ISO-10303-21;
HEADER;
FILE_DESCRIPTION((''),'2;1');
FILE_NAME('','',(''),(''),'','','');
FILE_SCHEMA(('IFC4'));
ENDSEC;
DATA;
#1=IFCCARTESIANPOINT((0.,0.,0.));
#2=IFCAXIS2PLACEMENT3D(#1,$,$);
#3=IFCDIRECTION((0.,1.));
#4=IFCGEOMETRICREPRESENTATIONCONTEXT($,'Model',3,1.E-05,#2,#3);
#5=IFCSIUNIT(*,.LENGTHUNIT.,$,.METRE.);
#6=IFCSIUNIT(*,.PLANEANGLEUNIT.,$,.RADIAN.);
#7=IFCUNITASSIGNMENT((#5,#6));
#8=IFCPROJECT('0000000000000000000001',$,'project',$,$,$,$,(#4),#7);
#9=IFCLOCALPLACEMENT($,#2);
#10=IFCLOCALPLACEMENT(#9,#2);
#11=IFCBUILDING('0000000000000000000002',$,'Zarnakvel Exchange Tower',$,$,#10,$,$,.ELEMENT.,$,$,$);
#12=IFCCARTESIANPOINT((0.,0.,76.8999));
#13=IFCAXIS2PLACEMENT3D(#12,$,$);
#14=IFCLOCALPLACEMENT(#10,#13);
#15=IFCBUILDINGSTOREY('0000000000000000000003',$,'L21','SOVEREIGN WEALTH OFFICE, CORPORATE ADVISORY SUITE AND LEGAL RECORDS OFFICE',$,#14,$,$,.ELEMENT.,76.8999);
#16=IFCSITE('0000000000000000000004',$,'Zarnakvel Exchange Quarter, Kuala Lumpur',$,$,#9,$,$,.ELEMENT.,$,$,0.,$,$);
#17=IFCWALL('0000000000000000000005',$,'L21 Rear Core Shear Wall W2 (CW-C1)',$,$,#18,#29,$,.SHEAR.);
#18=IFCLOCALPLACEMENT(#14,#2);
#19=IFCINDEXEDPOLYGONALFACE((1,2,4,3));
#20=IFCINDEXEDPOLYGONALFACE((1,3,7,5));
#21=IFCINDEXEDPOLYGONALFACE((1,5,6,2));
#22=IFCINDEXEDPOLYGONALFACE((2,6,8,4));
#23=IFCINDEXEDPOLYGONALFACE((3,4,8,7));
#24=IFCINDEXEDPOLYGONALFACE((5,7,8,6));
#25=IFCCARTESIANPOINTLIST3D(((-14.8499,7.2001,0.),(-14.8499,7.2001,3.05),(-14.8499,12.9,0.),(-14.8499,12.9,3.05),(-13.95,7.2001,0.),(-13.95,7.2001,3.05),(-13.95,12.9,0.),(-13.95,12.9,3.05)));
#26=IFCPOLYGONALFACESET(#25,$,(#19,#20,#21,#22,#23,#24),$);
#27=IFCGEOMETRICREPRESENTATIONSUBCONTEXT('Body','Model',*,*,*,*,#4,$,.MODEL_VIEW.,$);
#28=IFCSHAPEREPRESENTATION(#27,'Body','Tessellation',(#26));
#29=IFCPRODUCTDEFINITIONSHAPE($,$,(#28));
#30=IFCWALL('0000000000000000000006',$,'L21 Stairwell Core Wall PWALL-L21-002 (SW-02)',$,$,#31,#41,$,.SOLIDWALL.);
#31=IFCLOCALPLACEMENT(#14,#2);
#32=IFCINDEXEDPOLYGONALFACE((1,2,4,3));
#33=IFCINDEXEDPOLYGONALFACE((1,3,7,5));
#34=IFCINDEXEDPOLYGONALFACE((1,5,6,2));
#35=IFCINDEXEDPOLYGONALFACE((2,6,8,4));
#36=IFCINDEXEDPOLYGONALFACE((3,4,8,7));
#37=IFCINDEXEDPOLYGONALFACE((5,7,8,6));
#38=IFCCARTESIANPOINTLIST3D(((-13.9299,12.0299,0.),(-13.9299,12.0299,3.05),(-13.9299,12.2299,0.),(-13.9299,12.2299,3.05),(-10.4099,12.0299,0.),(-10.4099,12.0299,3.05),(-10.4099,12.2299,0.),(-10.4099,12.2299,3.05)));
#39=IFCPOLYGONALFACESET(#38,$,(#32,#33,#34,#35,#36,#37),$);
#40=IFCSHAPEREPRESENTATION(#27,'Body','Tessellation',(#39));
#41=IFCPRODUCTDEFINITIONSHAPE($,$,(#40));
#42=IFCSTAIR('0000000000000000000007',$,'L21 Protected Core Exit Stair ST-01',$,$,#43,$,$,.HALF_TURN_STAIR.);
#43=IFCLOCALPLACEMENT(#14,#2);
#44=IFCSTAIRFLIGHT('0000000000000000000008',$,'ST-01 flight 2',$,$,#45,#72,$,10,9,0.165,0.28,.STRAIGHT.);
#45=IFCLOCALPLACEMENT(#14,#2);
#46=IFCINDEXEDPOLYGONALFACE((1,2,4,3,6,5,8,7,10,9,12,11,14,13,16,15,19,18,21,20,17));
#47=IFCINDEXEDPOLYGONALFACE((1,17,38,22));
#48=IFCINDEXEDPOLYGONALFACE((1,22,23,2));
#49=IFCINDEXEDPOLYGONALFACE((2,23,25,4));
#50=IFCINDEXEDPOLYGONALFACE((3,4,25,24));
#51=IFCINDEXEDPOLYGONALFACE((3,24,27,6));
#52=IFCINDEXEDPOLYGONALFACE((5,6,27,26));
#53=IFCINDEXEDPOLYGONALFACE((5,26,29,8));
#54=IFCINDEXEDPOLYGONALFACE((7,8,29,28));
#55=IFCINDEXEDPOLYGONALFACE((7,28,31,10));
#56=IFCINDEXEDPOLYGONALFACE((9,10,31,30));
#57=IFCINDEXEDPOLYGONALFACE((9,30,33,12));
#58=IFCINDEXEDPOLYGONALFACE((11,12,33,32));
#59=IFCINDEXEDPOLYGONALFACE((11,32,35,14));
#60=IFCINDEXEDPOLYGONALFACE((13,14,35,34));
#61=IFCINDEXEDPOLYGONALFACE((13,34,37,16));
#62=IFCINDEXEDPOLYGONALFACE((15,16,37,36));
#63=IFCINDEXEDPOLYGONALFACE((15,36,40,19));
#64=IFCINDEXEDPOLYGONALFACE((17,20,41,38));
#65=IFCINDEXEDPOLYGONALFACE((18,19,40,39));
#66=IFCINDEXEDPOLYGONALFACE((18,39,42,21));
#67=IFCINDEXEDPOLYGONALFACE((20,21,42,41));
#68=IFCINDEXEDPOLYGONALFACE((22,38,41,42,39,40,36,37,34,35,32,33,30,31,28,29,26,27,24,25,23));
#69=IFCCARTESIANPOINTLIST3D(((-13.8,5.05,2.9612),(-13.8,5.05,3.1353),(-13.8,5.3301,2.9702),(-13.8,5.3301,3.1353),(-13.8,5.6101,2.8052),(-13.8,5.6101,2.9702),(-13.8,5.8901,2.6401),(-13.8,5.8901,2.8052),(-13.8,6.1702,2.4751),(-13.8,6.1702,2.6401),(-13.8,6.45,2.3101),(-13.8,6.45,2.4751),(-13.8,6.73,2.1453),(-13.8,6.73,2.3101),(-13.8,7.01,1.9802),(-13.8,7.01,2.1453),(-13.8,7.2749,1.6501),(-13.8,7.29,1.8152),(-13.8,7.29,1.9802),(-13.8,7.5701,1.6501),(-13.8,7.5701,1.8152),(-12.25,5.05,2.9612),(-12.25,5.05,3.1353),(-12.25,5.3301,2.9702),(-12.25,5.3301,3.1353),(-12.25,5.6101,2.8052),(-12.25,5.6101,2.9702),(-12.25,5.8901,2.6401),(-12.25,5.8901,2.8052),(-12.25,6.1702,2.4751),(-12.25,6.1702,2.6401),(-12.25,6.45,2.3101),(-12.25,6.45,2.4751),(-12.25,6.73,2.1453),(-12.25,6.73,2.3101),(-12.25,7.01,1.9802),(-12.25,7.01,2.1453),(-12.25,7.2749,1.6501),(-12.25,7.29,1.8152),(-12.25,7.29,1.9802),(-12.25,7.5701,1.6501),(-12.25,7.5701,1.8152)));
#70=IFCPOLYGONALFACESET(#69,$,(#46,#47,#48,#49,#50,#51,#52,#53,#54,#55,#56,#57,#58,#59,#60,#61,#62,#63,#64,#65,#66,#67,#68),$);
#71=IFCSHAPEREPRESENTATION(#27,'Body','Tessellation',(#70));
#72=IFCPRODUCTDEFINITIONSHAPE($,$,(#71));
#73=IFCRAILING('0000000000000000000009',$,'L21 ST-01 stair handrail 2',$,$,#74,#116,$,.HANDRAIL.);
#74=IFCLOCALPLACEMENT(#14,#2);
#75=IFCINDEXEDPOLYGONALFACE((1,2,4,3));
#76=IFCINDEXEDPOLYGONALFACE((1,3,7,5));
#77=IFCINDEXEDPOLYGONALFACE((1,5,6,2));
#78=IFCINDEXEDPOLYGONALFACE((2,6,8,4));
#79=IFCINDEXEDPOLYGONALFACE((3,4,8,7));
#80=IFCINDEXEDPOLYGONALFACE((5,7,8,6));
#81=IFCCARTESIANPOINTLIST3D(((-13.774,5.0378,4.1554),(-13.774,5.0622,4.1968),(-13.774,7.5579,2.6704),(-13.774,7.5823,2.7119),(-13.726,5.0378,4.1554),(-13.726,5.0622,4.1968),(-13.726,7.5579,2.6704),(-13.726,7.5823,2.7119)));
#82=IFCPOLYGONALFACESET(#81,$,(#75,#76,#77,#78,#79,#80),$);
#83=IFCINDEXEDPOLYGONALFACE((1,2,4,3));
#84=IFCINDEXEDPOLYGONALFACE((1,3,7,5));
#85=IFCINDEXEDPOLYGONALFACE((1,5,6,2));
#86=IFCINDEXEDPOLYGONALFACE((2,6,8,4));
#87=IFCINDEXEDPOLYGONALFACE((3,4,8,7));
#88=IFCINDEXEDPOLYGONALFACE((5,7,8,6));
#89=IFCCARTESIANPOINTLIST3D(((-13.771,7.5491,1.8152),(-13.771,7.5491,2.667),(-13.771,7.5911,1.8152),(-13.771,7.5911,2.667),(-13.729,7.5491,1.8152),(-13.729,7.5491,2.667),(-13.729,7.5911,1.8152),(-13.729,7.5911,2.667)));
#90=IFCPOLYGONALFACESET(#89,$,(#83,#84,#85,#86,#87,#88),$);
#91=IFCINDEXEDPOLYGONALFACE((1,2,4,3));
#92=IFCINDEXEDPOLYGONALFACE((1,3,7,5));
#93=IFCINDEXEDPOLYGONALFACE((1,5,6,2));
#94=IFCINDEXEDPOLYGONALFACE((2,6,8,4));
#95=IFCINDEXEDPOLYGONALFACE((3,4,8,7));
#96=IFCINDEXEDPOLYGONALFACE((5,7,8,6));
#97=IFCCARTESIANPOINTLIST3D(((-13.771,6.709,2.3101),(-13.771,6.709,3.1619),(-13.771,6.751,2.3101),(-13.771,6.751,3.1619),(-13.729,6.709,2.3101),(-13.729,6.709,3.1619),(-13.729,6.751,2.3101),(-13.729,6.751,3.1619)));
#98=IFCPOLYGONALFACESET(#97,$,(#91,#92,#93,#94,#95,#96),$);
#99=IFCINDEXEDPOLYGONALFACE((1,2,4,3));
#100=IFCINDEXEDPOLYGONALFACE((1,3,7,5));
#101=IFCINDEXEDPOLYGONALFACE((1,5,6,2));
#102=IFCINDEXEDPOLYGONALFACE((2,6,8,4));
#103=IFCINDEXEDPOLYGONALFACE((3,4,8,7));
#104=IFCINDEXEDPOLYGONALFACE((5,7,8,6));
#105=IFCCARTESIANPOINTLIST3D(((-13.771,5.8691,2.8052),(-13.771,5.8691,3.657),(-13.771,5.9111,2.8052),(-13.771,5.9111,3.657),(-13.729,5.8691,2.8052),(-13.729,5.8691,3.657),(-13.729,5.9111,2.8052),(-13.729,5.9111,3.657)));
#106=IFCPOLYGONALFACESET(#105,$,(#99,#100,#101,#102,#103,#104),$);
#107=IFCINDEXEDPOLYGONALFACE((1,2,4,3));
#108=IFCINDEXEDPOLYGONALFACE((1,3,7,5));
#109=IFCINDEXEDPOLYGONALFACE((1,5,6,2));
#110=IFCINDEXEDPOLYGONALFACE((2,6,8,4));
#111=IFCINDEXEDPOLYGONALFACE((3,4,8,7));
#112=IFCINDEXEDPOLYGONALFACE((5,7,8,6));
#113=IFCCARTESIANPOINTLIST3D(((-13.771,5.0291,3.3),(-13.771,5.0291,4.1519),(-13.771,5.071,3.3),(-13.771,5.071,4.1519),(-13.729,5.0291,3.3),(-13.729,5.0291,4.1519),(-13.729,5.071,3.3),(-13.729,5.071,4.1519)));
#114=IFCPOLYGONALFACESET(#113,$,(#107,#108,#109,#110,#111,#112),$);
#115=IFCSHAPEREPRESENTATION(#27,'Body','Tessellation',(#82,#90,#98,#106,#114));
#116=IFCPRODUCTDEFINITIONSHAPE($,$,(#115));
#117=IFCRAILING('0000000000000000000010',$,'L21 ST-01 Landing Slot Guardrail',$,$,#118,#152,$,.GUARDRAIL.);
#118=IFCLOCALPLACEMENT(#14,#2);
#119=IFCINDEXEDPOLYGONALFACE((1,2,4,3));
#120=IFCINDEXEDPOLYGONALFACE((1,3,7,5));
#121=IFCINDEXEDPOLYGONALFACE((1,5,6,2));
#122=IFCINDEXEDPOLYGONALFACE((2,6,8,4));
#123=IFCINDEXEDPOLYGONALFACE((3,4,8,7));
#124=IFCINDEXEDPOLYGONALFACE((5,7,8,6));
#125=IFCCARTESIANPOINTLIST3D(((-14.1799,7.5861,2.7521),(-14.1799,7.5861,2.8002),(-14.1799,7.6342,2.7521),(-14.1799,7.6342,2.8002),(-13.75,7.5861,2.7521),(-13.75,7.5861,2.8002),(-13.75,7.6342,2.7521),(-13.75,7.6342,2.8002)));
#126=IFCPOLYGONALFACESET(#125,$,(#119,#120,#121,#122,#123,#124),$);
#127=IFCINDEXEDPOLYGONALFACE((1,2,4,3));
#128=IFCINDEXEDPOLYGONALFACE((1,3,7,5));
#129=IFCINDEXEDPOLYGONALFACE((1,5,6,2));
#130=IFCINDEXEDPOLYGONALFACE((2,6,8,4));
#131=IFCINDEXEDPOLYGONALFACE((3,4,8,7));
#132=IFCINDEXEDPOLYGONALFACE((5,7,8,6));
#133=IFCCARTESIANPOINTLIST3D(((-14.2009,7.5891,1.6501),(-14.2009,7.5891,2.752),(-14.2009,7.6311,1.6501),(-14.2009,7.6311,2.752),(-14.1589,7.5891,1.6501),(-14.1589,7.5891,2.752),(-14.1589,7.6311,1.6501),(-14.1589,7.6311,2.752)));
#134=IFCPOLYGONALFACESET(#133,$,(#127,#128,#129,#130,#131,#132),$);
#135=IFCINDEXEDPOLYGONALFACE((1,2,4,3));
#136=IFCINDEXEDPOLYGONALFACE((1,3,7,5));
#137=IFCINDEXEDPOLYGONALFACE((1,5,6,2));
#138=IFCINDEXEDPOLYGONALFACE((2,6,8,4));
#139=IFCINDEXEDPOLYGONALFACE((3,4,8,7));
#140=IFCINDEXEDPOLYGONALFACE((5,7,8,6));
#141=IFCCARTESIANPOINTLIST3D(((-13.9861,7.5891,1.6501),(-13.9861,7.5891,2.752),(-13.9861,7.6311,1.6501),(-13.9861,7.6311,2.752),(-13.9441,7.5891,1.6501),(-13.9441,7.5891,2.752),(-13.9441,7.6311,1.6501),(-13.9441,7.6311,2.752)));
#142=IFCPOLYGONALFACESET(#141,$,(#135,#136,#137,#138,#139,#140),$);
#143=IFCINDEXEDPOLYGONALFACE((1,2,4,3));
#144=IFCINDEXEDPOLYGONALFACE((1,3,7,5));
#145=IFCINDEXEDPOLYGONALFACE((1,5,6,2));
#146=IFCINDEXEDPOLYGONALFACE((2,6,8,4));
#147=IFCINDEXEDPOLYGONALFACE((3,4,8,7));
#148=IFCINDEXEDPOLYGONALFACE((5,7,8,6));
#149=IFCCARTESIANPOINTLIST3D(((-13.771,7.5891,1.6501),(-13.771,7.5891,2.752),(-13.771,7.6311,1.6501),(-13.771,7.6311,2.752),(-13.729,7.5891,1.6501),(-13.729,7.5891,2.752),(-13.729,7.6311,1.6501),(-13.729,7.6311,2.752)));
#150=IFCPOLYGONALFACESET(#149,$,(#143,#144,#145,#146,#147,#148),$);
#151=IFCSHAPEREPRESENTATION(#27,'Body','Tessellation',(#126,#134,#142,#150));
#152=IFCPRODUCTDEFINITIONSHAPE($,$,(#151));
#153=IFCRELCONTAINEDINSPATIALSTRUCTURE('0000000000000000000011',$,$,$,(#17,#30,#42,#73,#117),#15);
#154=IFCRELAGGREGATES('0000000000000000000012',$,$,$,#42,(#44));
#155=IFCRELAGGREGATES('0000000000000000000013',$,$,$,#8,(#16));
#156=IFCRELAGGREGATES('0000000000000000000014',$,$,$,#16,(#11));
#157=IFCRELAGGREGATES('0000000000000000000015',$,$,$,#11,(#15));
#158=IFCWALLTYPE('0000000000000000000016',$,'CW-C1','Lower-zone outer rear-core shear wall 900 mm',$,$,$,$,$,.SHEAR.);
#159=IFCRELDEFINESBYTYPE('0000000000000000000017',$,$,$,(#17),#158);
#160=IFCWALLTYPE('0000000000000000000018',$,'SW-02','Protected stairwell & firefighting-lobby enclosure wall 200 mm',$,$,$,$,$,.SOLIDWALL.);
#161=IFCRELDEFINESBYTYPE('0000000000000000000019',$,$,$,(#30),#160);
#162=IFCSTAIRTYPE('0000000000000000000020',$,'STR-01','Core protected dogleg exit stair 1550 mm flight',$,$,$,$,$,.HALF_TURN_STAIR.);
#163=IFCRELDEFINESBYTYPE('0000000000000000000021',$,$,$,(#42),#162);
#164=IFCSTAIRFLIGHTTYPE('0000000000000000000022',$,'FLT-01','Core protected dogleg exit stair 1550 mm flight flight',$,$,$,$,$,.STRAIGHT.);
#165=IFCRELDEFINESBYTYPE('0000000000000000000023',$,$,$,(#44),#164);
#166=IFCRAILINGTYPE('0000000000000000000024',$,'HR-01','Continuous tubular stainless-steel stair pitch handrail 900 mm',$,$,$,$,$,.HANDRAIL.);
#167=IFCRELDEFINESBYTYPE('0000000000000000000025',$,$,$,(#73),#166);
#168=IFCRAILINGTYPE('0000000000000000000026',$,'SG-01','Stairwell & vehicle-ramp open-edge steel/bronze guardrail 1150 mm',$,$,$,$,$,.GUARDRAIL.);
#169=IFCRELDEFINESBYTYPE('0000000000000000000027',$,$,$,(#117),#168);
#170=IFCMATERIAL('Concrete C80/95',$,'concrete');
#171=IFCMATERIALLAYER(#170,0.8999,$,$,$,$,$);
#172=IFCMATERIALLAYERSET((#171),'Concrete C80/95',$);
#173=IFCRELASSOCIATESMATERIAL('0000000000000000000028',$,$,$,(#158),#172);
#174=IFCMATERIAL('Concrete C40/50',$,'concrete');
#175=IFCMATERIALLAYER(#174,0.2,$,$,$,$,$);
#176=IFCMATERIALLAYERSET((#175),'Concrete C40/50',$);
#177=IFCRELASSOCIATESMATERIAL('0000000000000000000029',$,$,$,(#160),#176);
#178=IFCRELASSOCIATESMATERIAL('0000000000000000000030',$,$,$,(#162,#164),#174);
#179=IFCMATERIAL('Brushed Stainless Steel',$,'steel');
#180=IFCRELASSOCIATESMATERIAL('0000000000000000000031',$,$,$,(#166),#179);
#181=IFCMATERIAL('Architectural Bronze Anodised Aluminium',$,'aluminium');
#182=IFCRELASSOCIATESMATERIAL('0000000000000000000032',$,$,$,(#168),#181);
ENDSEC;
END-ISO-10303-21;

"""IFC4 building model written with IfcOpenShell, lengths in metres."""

from ifc_helpers import new_model, si_unit, direction, frame, frame_2d, origin, origin_2d, place, context, subcontext, project, spatial, polyline, rectangle, outline, extrude, material, layer, layer_set, type_object, element, aggregate, save


model = new_model("IFC4")

# Units and contexts
model_context = context("Model", 3, precision=1e-05, world=origin(), true_north=direction((0.0, 1.0)))
body_context = subcontext(model_context, "Body", "Model", "MODEL_VIEW")
ifc_project = project(units=[si_unit("LENGTHUNIT", "METRE"), si_unit("PLANEANGLEUNIT", "RADIAN")], contexts=[model_context])

# Site, building, storey
site_placement = place(None, origin())
site = spatial("IfcSite", under=ifc_project, at=site_placement, Name="Zarnakvel Exchange Quarter, Kuala Lumpur", CompositionType="ELEMENT", RefElevation=0.0)
building_placement = place(site_placement, origin())
building = spatial("IfcBuilding", under=site, at=building_placement, Name="Zarnakvel Exchange Tower", CompositionType="ELEMENT")
storey_placement = place(building_placement, frame((0.0, 0.0, 76.8999)))
storey = spatial("IfcBuildingStorey", under=building, at=storey_placement, Name="L21", Description="SOVEREIGN WEALTH OFFICE, CORPORATE ADVISORY SUITE AND LEGAL RECORDS OFFICE", CompositionType="ELEMENT", Elevation=76.8999)

# Shared definitions
ifc_material_1 = material(Name="Concrete C80/95", Category="concrete")

# Shared definitions
ifc_material_2 = material(Name="Architectural Bronze Anodised Aluminium", Category="aluminium")

# Walls
ifc_layer_1 = layer(ifc_material_1, 0.8999)
ifc_layer_set_1 = layer_set([ifc_layer_1], Name="Concrete C80/95")
wall_type_1 = type_object("IfcWallType", Name="CW-C1", Description="Lower-zone outer rear-core shear wall 900 mm", PredefinedType="SHEAR", material=ifc_layer_set_1)
wall_1_placement = place(storey_placement, frame((-14.3999, 7.2, 0.0), z_axis=(0.0, 0.0, 1.0), x_axis=(0.0, 1.0, 0.0)))
element("IfcWall", 1, at=wall_1_placement, inside=storey, type_object=wall_type_1, Name="L21 Rear Core Shear Wall W2 (CW-C1)", PredefinedType="SHEAR", context=body_context, shape_type="SweptSolid", body=[
    extrude(rectangle(XDim=5.7, YDim=0.8999, at=frame_2d((2.8501, 0.0))), origin(), (0.0, 0.0, 1.0), 3.05),
])
ifc_material_3 = material(Name="Concrete C40/50", Category="concrete")
ifc_layer_2 = layer(ifc_material_3, 0.2)
ifc_layer_set_2 = layer_set([ifc_layer_2], Name="Concrete C40/50")
wall_type_2 = type_object("IfcWallType", Name="SW-02", Description="Protected stairwell & firefighting-lobby enclosure wall 200 mm", PredefinedType="SOLIDWALL", material=ifc_layer_set_2)
wall_2_placement = place(storey_placement, frame((-13.9299, 12.1299, 0.0), z_axis=(0.0, 0.0, 1.0), x_axis=(1.0, 0.0, 0.0)))
element("IfcWall", 2, at=wall_2_placement, inside=storey, type_object=wall_type_2, Name="L21 Stairwell Core Wall PWALL-L21-002 (SW-02)", PredefinedType="SOLIDWALL", context=body_context, shape_type="SweptSolid", body=[
    extrude(rectangle(XDim=3.52, YDim=0.2, at=frame_2d((1.76, 0.0))), origin(), (0.0, 0.0, 1.0), 3.05),
])

# Stair, stair flight
stair_type = type_object("IfcStairType", Name="STR-01", Description="Core protected dogleg exit stair 1550 mm flight", PredefinedType="HALF_TURN_STAIR", material=ifc_material_3)
stair_placement = place(storey_placement, origin())
stair = element("IfcStair", 3, at=stair_placement, inside=storey, type_object=stair_type, Name="L21 Protected Core Exit Stair ST-01", PredefinedType="HALF_TURN_STAIR")
stair_flight_type = type_object("IfcStairFlightType", Name="FLT-01", Description="Core protected dogleg exit stair 1550 mm flight flight", PredefinedType="STRAIGHT", material=ifc_material_3)
stair_flight_placement = place(storey_placement, frame((-13.0249, 7.5701, 1.6501), z_axis=(0.0, 0.0, 1.0), x_axis=(0.0, -1.0, 0.0)))
stair_flight = element("IfcStairFlight", 4, at=stair_flight_placement, type_object=stair_flight_type, Name="ST-01 flight 2", NumberOfRisers=10, NumberOfTreads=9, PredefinedType="STRAIGHT", RiserHeight=0.165, TreadLength=0.28, context=body_context, shape_type="SweptSolid", body=[
    extrude(outline(polyline([(0.0, 0.0), (0.0, 0.165), (0.28, 0.165), (0.28, 0.3301), (0.5601, 0.3301), (0.5601, 0.4951), (0.8401, 0.4951), (0.8401, 0.6599), (1.1201, 0.6599), (1.1201, 0.825), (1.3999, 0.825), (1.3999, 0.99), (1.6799, 0.99), (1.6799, 1.155), (1.96, 1.155), (1.96, 1.3201), (2.24, 1.3201), (2.24, 1.4851), (2.52, 1.4851), (2.52, 1.6499), (2.52, 1.311), (0.2952, 0.0), (0.0, 0.0)])), frame((0.0, 0.7749, 0.0), z_axis=(0.0, -1.0, 0.0), x_axis=(1.0, 0.0, 0.0)), (0.0, 0.0, 1.0), 1.55),
])
aggregate(stair, [stair_flight])

# Railings
ifc_material_4 = material(Name="Brushed Stainless Steel", Category="steel")
railing_type_1 = type_object("IfcRailingType", Name="HR-01", Description="Continuous tubular stainless-steel stair pitch handrail 900 mm", PredefinedType="HANDRAIL", material=ifc_material_4)
railing_1_placement = place(storey_placement, frame((-13.75, 7.5701, 1.8152)))
element("IfcRailing", 5, at=railing_1_placement, inside=storey, type_object=railing_type_1, Name="L21 ST-01 stair handrail 2", PredefinedType="HANDRAIL", context=body_context, shape_type="SweptSolid", body=[
    extrude(rectangle(XDim=0.0481, YDim=0.0481, at=origin_2d()), frame((0.0, 0.0, 0.876), z_axis=(0.0, -0.861561, 0.507655), x_axis=(1.0, 0.0, 0.0)), (0.0, 0.0, 1.0), 2.925),
    extrude(rectangle(XDim=0.042, YDim=0.042, at=origin_2d()), origin(), (0.0, 0.0, 1.0), 0.8518),
    extrude(rectangle(XDim=0.042, YDim=0.042, at=origin_2d()), frame((0.0, -0.8401, 0.4949)), (0.0, 0.0, 1.0), 0.8518),
    extrude(rectangle(XDim=0.042, YDim=0.042, at=origin_2d()), frame((0.0, -1.6799, 0.99)), (0.0, 0.0, 1.0), 0.8518),
    extrude(rectangle(XDim=0.042, YDim=0.042, at=origin_2d()), frame((0.0, -2.52, 1.4849)), (0.0, 0.0, 1.0), 0.8518),
])
railing_type_2 = type_object("IfcRailingType", Name="SG-01", Description="Stairwell & vehicle-ramp open-edge steel/bronze guardrail 1150 mm", PredefinedType="GUARDRAIL", material=ifc_material_2)
railing_2_placement = place(storey_placement, frame((-14.1799, 7.6101, 1.6501)))
element("IfcRailing", 6, at=railing_2_placement, inside=storey, type_object=railing_type_2, Name="L21 ST-01 Landing Slot Guardrail", PredefinedType="GUARDRAIL", context=body_context, shape_type="SweptSolid", body=[
    extrude(rectangle(XDim=0.0481, YDim=0.0481, at=origin_2d()), frame((0.0, 0.0, 1.126), z_axis=(1.0, 0.0, 0.0), x_axis=(0.0, 1.0, 0.0)), (0.0, 0.0, 1.0), 0.4299),
    extrude(rectangle(XDim=0.042, YDim=0.042, at=origin_2d()), origin(), (0.0, 0.0, 1.0), 1.1018),
    extrude(rectangle(XDim=0.042, YDim=0.042, at=origin_2d()), frame((0.2148, 0.0, 0.0)), (0.0, 0.0, 1.0), 1.1018),
    extrude(rectangle(XDim=0.042, YDim=0.042, at=origin_2d()), frame((0.4299, 0.0, 0.0)), (0.0, 0.0, 1.0), 1.1018),
])

save(model, "model.ifc")
